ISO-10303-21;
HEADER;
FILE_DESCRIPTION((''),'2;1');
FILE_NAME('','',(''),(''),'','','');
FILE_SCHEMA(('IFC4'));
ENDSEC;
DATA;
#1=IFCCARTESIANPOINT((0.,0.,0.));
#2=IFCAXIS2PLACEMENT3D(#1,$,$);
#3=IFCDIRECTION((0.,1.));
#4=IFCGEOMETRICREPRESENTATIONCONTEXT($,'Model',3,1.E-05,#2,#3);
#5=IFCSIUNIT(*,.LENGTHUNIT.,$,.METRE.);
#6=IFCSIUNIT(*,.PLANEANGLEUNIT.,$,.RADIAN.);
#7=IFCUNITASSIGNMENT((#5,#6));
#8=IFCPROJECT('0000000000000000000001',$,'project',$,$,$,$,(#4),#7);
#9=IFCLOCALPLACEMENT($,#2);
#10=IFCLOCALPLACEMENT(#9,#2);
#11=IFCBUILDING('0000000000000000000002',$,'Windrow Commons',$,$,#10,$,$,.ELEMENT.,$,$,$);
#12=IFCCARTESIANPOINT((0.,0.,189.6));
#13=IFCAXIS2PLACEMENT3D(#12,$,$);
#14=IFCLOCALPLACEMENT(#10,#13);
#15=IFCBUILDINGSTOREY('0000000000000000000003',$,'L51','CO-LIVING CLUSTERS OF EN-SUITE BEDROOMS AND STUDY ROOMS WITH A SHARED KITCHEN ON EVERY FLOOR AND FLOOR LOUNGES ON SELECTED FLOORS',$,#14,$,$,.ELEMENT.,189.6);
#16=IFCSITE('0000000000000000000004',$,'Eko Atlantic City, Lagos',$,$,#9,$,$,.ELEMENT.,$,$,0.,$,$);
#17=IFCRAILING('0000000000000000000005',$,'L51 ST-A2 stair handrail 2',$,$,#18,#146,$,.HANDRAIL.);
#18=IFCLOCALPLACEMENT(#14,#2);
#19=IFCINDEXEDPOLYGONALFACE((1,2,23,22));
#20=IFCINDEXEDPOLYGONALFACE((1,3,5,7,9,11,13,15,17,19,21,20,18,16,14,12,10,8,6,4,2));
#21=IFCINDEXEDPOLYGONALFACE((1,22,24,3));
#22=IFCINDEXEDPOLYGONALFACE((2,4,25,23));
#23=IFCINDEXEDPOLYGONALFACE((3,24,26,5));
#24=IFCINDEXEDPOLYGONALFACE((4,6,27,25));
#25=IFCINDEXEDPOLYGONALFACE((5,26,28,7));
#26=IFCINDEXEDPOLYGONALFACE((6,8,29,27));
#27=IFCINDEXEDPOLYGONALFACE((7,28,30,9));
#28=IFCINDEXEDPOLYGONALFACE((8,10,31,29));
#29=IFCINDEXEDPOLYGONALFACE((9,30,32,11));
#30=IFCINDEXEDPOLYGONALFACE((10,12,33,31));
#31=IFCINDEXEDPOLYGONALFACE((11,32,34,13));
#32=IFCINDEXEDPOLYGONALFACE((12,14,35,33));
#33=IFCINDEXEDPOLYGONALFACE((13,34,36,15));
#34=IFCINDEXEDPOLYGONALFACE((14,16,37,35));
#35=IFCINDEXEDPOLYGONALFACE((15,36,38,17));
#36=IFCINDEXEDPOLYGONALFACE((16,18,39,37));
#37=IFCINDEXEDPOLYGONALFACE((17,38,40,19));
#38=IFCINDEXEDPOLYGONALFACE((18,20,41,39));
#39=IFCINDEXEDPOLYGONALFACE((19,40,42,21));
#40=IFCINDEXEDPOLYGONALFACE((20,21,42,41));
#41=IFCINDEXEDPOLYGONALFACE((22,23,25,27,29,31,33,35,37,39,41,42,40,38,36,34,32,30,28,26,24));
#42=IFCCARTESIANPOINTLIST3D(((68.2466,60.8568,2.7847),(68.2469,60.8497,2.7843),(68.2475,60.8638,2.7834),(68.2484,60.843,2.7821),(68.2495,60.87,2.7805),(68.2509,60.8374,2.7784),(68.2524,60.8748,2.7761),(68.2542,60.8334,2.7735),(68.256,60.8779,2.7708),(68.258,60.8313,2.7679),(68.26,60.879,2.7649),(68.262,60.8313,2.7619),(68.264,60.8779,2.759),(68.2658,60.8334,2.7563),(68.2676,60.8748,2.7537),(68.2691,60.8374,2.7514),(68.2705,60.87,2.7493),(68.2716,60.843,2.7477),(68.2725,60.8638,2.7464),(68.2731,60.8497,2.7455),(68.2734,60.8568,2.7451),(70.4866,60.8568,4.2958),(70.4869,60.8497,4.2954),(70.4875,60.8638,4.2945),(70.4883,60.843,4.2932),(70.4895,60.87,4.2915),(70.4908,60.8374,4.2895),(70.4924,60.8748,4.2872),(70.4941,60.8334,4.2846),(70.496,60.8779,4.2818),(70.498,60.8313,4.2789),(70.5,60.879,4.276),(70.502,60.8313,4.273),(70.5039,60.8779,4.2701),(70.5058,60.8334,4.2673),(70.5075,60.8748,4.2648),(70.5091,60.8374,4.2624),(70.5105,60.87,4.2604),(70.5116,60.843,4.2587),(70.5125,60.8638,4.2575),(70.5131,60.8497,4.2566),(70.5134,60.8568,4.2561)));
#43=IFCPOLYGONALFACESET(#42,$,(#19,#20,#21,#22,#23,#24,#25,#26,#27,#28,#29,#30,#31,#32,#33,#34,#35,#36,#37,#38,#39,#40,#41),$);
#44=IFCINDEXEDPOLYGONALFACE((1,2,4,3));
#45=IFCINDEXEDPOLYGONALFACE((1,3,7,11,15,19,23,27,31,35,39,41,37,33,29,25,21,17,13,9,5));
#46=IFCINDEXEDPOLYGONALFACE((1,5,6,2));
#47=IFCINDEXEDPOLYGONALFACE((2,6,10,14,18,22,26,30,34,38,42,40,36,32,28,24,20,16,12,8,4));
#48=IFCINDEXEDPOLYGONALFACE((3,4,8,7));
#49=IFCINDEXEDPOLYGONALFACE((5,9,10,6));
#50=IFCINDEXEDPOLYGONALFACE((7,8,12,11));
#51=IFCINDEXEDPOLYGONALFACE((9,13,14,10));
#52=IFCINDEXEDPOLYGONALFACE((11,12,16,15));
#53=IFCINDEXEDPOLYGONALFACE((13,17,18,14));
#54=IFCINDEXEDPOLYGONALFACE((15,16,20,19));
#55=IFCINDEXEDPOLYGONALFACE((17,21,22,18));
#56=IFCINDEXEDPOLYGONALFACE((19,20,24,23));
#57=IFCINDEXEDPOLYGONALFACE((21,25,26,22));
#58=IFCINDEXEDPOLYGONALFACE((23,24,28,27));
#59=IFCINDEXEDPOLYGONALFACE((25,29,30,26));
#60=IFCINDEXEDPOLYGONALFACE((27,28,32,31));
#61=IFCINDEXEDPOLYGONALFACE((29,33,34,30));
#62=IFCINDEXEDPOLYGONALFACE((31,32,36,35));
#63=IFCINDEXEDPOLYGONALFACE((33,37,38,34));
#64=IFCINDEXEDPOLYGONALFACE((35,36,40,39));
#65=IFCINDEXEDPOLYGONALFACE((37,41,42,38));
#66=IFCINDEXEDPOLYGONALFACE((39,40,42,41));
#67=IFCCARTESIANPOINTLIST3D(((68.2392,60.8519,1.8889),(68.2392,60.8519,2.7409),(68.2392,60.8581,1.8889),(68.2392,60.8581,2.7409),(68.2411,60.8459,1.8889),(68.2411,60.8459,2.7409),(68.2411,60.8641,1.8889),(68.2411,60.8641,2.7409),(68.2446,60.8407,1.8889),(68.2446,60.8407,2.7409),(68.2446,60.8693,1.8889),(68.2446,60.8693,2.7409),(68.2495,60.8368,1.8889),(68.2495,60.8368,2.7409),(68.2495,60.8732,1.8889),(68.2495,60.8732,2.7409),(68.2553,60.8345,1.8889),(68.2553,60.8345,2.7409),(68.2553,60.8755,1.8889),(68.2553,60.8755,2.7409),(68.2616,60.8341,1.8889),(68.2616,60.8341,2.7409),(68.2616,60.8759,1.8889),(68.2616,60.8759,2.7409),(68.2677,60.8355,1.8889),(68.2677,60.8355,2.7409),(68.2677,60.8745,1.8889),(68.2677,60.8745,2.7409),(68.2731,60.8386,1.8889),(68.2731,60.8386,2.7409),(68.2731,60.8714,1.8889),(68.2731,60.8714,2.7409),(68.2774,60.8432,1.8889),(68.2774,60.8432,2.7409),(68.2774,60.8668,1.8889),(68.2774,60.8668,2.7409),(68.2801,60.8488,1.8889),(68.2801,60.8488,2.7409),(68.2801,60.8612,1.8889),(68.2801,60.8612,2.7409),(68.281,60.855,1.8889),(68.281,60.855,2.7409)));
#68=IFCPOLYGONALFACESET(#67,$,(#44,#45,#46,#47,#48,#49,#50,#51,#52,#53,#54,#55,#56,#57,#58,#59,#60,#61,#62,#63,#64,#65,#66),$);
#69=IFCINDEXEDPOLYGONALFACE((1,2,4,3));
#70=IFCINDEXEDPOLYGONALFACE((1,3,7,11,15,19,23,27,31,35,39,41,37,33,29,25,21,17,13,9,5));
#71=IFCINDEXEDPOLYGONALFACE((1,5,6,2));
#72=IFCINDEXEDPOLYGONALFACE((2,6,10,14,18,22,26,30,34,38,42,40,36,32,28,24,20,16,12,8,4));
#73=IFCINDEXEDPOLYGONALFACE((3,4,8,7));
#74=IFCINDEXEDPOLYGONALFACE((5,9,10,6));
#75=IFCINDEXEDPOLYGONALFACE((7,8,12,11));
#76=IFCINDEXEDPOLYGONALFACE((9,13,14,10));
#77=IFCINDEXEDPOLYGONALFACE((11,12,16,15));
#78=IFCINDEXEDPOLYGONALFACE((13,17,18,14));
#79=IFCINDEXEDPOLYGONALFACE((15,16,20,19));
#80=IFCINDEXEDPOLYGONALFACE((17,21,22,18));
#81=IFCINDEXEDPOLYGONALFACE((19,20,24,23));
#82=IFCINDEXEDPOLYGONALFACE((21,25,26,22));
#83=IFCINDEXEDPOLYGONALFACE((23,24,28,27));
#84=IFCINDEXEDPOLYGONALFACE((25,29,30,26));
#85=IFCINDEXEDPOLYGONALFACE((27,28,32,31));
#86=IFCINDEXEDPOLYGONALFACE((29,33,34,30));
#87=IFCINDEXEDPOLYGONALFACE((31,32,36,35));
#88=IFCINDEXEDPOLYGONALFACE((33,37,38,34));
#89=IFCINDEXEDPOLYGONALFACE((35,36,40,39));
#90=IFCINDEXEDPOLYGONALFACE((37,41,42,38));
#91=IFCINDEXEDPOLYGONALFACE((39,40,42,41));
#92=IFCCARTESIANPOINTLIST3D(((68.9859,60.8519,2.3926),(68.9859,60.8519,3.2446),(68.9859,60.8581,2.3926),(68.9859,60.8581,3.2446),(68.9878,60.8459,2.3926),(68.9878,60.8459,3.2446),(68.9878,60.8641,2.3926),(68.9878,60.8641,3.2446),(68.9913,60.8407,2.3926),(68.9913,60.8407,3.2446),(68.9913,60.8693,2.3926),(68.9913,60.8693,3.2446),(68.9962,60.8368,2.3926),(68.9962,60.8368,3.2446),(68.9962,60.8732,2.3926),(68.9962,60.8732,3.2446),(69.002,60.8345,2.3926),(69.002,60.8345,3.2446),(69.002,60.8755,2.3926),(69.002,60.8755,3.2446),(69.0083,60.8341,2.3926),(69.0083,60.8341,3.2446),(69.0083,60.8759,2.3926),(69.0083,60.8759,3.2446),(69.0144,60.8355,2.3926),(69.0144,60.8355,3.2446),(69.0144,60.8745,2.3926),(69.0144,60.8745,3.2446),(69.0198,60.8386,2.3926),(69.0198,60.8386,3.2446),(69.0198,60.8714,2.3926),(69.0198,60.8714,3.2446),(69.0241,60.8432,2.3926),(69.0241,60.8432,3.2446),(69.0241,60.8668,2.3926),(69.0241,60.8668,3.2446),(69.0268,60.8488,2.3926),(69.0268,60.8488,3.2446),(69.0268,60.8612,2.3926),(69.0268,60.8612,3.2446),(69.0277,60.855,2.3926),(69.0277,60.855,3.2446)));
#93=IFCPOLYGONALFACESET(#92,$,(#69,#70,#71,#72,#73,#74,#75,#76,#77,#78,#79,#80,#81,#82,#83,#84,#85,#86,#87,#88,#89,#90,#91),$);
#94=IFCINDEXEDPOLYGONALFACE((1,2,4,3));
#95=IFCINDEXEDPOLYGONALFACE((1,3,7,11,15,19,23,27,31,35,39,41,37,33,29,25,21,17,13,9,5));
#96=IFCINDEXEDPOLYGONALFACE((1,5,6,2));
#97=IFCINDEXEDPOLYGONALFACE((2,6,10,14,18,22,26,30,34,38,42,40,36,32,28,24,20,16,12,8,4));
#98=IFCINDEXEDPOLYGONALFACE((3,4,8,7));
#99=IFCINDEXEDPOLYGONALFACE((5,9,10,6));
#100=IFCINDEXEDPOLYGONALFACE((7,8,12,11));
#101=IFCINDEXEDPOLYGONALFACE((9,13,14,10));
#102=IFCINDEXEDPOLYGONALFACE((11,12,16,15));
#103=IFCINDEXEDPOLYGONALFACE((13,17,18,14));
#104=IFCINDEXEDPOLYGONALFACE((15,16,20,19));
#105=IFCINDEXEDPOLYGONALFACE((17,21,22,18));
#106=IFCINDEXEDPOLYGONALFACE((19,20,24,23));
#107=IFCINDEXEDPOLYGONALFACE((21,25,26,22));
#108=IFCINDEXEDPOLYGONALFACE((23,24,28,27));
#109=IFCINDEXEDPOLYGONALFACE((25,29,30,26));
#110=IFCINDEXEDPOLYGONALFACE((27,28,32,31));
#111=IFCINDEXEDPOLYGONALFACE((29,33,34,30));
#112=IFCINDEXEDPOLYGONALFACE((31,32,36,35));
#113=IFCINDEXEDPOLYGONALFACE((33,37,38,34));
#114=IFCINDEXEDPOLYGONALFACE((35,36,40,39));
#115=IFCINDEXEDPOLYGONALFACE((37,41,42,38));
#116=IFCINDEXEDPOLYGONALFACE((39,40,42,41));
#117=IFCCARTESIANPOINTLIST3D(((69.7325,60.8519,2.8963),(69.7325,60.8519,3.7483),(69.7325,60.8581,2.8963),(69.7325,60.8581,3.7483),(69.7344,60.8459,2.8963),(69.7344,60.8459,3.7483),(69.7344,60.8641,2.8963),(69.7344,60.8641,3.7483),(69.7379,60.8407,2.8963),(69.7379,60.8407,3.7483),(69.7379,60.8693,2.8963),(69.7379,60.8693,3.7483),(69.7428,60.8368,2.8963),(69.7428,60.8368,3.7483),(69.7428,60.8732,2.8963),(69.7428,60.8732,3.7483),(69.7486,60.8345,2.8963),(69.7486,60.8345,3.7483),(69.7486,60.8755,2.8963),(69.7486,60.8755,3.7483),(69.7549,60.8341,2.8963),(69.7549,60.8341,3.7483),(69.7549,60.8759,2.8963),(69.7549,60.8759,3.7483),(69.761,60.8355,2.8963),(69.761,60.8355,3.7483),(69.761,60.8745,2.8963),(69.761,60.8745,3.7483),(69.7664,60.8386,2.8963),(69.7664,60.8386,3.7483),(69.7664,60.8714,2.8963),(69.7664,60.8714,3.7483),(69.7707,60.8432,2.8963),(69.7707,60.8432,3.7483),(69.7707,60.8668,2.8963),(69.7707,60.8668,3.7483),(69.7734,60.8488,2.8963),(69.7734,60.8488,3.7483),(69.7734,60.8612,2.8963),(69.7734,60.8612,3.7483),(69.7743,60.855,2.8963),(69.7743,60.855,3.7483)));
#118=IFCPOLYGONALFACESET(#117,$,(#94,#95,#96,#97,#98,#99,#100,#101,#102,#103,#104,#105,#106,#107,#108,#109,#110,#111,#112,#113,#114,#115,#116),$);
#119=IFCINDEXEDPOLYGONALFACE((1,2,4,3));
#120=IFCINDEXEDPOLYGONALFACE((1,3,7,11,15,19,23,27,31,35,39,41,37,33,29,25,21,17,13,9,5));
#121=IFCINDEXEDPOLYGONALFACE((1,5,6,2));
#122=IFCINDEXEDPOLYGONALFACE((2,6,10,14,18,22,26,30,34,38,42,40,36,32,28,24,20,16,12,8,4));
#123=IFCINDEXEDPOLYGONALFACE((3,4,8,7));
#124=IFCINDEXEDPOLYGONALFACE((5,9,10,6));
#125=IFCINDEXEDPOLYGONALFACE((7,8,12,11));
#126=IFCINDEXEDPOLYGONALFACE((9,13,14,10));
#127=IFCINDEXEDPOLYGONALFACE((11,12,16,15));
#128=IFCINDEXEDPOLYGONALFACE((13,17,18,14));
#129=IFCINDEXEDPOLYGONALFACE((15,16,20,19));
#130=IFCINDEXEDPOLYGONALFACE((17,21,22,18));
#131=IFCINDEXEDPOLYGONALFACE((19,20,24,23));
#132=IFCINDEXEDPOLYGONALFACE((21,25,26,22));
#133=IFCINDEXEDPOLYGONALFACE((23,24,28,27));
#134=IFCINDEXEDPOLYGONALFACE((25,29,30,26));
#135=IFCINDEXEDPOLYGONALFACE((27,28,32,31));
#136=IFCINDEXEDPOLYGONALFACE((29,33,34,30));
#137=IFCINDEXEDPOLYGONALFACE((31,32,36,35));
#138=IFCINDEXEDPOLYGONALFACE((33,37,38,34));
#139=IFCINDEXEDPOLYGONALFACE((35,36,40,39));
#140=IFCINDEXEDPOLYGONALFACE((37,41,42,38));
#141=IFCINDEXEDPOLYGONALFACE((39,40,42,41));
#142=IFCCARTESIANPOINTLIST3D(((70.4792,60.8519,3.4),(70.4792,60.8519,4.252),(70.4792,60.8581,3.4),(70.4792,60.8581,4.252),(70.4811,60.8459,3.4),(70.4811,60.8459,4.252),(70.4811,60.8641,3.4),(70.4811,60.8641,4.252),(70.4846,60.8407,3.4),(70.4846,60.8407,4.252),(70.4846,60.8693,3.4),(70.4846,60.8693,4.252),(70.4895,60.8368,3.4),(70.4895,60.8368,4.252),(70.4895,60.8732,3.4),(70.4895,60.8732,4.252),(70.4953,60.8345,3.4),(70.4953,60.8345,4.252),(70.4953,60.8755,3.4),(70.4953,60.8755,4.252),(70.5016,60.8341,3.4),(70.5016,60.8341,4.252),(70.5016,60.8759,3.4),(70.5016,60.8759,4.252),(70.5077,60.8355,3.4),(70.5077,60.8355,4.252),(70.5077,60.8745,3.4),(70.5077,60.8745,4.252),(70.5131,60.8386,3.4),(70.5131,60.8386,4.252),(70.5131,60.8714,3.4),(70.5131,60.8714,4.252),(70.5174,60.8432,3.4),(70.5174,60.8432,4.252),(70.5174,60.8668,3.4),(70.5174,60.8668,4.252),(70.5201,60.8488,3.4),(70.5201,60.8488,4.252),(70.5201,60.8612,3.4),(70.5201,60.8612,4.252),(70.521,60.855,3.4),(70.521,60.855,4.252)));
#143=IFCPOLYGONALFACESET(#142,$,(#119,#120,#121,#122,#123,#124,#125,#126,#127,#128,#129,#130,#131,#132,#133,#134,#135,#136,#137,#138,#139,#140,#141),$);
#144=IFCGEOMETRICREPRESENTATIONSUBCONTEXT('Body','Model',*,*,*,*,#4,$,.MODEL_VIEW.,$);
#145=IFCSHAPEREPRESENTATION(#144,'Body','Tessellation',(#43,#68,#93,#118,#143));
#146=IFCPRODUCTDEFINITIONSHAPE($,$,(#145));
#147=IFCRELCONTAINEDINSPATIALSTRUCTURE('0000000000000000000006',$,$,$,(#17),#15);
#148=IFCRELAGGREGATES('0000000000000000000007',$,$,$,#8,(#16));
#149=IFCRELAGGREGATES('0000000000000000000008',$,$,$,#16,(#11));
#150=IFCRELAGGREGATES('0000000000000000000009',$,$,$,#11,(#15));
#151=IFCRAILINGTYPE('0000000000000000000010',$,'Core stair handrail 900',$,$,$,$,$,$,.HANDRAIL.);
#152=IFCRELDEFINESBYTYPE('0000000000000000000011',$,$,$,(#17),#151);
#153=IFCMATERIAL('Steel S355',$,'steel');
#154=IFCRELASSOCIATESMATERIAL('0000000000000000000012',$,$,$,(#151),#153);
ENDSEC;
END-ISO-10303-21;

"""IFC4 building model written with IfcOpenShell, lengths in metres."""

from ifc_helpers import new_model, si_unit, direction, frame, origin, origin_2d, place, context, subcontext, project, spatial, circle, extrude, material, type_object, element, save


model = new_model("IFC4")

# Units and contexts
model_context = context("Model", 3, precision=1e-05, world=origin(), true_north=direction((0.0, 1.0)))
body_context = subcontext(model_context, "Body", "Model", "MODEL_VIEW")
ifc_project = project(units=[si_unit("LENGTHUNIT", "METRE"), si_unit("PLANEANGLEUNIT", "RADIAN")], contexts=[model_context])

# Site, building, storey
site_placement = place(None, origin())
site = spatial("IfcSite", under=ifc_project, at=site_placement, Name="Eko Atlantic City, Lagos", CompositionType="ELEMENT", RefElevation=0.0)
building_placement = place(site_placement, origin())
building = spatial("IfcBuilding", under=site, at=building_placement, Name="Windrow Commons", CompositionType="ELEMENT")
storey_placement = place(building_placement, frame((0.0, 0.0, 189.6)))
storey = spatial("IfcBuildingStorey", under=building, at=storey_placement, Name="L51", Description="CO-LIVING CLUSTERS OF EN-SUITE BEDROOMS AND STUDY ROOMS WITH A SHARED KITCHEN ON EVERY FLOOR AND FLOOR LOUNGES ON SELECTED FLOORS", CompositionType="ELEMENT", Elevation=189.6)

# Railing
ifc_material_1 = material(Name="Steel S355", Category="steel")
railing_type_1 = type_object("IfcRailingType", Name="Core stair handrail 900", PredefinedType="HANDRAIL", material=ifc_material_1)
railing_1_placement = place(storey_placement, frame((68.26, 60.855, 1.8889)))
element("IfcRailing", 1, at=railing_1_placement, inside=storey, type_object=railing_type_1, Name="L51 ST-A2 stair handrail 2", PredefinedType="HANDRAIL", context=body_context, shape_type="SweptSolid", body=[
    extrude(circle(Radius=0.024, at=origin_2d()), frame((0.0, 0.0, 0.876), z_axis=(0.829003, 0.0, 0.559244), x_axis=(0.0, 1.0, 0.0)), (0.0, 0.0, 1.0), 2.702),
    extrude(circle(Radius=0.021, at=origin_2d()), origin(), (0.0, 0.0, 1.0), 0.852),
    extrude(circle(Radius=0.021, at=origin_2d()), frame((0.7467, 0.0, 0.5037)), (0.0, 0.0, 1.0), 0.852),
    extrude(circle(Radius=0.021, at=origin_2d()), frame((1.4933, 0.0, 1.0074)), (0.0, 0.0, 1.0), 0.852),
    extrude(circle(Radius=0.021, at=origin_2d()), frame((2.24, 0.0, 1.5111)), (0.0, 0.0, 1.0), 0.852),
])

save(model, "model.ifc")
